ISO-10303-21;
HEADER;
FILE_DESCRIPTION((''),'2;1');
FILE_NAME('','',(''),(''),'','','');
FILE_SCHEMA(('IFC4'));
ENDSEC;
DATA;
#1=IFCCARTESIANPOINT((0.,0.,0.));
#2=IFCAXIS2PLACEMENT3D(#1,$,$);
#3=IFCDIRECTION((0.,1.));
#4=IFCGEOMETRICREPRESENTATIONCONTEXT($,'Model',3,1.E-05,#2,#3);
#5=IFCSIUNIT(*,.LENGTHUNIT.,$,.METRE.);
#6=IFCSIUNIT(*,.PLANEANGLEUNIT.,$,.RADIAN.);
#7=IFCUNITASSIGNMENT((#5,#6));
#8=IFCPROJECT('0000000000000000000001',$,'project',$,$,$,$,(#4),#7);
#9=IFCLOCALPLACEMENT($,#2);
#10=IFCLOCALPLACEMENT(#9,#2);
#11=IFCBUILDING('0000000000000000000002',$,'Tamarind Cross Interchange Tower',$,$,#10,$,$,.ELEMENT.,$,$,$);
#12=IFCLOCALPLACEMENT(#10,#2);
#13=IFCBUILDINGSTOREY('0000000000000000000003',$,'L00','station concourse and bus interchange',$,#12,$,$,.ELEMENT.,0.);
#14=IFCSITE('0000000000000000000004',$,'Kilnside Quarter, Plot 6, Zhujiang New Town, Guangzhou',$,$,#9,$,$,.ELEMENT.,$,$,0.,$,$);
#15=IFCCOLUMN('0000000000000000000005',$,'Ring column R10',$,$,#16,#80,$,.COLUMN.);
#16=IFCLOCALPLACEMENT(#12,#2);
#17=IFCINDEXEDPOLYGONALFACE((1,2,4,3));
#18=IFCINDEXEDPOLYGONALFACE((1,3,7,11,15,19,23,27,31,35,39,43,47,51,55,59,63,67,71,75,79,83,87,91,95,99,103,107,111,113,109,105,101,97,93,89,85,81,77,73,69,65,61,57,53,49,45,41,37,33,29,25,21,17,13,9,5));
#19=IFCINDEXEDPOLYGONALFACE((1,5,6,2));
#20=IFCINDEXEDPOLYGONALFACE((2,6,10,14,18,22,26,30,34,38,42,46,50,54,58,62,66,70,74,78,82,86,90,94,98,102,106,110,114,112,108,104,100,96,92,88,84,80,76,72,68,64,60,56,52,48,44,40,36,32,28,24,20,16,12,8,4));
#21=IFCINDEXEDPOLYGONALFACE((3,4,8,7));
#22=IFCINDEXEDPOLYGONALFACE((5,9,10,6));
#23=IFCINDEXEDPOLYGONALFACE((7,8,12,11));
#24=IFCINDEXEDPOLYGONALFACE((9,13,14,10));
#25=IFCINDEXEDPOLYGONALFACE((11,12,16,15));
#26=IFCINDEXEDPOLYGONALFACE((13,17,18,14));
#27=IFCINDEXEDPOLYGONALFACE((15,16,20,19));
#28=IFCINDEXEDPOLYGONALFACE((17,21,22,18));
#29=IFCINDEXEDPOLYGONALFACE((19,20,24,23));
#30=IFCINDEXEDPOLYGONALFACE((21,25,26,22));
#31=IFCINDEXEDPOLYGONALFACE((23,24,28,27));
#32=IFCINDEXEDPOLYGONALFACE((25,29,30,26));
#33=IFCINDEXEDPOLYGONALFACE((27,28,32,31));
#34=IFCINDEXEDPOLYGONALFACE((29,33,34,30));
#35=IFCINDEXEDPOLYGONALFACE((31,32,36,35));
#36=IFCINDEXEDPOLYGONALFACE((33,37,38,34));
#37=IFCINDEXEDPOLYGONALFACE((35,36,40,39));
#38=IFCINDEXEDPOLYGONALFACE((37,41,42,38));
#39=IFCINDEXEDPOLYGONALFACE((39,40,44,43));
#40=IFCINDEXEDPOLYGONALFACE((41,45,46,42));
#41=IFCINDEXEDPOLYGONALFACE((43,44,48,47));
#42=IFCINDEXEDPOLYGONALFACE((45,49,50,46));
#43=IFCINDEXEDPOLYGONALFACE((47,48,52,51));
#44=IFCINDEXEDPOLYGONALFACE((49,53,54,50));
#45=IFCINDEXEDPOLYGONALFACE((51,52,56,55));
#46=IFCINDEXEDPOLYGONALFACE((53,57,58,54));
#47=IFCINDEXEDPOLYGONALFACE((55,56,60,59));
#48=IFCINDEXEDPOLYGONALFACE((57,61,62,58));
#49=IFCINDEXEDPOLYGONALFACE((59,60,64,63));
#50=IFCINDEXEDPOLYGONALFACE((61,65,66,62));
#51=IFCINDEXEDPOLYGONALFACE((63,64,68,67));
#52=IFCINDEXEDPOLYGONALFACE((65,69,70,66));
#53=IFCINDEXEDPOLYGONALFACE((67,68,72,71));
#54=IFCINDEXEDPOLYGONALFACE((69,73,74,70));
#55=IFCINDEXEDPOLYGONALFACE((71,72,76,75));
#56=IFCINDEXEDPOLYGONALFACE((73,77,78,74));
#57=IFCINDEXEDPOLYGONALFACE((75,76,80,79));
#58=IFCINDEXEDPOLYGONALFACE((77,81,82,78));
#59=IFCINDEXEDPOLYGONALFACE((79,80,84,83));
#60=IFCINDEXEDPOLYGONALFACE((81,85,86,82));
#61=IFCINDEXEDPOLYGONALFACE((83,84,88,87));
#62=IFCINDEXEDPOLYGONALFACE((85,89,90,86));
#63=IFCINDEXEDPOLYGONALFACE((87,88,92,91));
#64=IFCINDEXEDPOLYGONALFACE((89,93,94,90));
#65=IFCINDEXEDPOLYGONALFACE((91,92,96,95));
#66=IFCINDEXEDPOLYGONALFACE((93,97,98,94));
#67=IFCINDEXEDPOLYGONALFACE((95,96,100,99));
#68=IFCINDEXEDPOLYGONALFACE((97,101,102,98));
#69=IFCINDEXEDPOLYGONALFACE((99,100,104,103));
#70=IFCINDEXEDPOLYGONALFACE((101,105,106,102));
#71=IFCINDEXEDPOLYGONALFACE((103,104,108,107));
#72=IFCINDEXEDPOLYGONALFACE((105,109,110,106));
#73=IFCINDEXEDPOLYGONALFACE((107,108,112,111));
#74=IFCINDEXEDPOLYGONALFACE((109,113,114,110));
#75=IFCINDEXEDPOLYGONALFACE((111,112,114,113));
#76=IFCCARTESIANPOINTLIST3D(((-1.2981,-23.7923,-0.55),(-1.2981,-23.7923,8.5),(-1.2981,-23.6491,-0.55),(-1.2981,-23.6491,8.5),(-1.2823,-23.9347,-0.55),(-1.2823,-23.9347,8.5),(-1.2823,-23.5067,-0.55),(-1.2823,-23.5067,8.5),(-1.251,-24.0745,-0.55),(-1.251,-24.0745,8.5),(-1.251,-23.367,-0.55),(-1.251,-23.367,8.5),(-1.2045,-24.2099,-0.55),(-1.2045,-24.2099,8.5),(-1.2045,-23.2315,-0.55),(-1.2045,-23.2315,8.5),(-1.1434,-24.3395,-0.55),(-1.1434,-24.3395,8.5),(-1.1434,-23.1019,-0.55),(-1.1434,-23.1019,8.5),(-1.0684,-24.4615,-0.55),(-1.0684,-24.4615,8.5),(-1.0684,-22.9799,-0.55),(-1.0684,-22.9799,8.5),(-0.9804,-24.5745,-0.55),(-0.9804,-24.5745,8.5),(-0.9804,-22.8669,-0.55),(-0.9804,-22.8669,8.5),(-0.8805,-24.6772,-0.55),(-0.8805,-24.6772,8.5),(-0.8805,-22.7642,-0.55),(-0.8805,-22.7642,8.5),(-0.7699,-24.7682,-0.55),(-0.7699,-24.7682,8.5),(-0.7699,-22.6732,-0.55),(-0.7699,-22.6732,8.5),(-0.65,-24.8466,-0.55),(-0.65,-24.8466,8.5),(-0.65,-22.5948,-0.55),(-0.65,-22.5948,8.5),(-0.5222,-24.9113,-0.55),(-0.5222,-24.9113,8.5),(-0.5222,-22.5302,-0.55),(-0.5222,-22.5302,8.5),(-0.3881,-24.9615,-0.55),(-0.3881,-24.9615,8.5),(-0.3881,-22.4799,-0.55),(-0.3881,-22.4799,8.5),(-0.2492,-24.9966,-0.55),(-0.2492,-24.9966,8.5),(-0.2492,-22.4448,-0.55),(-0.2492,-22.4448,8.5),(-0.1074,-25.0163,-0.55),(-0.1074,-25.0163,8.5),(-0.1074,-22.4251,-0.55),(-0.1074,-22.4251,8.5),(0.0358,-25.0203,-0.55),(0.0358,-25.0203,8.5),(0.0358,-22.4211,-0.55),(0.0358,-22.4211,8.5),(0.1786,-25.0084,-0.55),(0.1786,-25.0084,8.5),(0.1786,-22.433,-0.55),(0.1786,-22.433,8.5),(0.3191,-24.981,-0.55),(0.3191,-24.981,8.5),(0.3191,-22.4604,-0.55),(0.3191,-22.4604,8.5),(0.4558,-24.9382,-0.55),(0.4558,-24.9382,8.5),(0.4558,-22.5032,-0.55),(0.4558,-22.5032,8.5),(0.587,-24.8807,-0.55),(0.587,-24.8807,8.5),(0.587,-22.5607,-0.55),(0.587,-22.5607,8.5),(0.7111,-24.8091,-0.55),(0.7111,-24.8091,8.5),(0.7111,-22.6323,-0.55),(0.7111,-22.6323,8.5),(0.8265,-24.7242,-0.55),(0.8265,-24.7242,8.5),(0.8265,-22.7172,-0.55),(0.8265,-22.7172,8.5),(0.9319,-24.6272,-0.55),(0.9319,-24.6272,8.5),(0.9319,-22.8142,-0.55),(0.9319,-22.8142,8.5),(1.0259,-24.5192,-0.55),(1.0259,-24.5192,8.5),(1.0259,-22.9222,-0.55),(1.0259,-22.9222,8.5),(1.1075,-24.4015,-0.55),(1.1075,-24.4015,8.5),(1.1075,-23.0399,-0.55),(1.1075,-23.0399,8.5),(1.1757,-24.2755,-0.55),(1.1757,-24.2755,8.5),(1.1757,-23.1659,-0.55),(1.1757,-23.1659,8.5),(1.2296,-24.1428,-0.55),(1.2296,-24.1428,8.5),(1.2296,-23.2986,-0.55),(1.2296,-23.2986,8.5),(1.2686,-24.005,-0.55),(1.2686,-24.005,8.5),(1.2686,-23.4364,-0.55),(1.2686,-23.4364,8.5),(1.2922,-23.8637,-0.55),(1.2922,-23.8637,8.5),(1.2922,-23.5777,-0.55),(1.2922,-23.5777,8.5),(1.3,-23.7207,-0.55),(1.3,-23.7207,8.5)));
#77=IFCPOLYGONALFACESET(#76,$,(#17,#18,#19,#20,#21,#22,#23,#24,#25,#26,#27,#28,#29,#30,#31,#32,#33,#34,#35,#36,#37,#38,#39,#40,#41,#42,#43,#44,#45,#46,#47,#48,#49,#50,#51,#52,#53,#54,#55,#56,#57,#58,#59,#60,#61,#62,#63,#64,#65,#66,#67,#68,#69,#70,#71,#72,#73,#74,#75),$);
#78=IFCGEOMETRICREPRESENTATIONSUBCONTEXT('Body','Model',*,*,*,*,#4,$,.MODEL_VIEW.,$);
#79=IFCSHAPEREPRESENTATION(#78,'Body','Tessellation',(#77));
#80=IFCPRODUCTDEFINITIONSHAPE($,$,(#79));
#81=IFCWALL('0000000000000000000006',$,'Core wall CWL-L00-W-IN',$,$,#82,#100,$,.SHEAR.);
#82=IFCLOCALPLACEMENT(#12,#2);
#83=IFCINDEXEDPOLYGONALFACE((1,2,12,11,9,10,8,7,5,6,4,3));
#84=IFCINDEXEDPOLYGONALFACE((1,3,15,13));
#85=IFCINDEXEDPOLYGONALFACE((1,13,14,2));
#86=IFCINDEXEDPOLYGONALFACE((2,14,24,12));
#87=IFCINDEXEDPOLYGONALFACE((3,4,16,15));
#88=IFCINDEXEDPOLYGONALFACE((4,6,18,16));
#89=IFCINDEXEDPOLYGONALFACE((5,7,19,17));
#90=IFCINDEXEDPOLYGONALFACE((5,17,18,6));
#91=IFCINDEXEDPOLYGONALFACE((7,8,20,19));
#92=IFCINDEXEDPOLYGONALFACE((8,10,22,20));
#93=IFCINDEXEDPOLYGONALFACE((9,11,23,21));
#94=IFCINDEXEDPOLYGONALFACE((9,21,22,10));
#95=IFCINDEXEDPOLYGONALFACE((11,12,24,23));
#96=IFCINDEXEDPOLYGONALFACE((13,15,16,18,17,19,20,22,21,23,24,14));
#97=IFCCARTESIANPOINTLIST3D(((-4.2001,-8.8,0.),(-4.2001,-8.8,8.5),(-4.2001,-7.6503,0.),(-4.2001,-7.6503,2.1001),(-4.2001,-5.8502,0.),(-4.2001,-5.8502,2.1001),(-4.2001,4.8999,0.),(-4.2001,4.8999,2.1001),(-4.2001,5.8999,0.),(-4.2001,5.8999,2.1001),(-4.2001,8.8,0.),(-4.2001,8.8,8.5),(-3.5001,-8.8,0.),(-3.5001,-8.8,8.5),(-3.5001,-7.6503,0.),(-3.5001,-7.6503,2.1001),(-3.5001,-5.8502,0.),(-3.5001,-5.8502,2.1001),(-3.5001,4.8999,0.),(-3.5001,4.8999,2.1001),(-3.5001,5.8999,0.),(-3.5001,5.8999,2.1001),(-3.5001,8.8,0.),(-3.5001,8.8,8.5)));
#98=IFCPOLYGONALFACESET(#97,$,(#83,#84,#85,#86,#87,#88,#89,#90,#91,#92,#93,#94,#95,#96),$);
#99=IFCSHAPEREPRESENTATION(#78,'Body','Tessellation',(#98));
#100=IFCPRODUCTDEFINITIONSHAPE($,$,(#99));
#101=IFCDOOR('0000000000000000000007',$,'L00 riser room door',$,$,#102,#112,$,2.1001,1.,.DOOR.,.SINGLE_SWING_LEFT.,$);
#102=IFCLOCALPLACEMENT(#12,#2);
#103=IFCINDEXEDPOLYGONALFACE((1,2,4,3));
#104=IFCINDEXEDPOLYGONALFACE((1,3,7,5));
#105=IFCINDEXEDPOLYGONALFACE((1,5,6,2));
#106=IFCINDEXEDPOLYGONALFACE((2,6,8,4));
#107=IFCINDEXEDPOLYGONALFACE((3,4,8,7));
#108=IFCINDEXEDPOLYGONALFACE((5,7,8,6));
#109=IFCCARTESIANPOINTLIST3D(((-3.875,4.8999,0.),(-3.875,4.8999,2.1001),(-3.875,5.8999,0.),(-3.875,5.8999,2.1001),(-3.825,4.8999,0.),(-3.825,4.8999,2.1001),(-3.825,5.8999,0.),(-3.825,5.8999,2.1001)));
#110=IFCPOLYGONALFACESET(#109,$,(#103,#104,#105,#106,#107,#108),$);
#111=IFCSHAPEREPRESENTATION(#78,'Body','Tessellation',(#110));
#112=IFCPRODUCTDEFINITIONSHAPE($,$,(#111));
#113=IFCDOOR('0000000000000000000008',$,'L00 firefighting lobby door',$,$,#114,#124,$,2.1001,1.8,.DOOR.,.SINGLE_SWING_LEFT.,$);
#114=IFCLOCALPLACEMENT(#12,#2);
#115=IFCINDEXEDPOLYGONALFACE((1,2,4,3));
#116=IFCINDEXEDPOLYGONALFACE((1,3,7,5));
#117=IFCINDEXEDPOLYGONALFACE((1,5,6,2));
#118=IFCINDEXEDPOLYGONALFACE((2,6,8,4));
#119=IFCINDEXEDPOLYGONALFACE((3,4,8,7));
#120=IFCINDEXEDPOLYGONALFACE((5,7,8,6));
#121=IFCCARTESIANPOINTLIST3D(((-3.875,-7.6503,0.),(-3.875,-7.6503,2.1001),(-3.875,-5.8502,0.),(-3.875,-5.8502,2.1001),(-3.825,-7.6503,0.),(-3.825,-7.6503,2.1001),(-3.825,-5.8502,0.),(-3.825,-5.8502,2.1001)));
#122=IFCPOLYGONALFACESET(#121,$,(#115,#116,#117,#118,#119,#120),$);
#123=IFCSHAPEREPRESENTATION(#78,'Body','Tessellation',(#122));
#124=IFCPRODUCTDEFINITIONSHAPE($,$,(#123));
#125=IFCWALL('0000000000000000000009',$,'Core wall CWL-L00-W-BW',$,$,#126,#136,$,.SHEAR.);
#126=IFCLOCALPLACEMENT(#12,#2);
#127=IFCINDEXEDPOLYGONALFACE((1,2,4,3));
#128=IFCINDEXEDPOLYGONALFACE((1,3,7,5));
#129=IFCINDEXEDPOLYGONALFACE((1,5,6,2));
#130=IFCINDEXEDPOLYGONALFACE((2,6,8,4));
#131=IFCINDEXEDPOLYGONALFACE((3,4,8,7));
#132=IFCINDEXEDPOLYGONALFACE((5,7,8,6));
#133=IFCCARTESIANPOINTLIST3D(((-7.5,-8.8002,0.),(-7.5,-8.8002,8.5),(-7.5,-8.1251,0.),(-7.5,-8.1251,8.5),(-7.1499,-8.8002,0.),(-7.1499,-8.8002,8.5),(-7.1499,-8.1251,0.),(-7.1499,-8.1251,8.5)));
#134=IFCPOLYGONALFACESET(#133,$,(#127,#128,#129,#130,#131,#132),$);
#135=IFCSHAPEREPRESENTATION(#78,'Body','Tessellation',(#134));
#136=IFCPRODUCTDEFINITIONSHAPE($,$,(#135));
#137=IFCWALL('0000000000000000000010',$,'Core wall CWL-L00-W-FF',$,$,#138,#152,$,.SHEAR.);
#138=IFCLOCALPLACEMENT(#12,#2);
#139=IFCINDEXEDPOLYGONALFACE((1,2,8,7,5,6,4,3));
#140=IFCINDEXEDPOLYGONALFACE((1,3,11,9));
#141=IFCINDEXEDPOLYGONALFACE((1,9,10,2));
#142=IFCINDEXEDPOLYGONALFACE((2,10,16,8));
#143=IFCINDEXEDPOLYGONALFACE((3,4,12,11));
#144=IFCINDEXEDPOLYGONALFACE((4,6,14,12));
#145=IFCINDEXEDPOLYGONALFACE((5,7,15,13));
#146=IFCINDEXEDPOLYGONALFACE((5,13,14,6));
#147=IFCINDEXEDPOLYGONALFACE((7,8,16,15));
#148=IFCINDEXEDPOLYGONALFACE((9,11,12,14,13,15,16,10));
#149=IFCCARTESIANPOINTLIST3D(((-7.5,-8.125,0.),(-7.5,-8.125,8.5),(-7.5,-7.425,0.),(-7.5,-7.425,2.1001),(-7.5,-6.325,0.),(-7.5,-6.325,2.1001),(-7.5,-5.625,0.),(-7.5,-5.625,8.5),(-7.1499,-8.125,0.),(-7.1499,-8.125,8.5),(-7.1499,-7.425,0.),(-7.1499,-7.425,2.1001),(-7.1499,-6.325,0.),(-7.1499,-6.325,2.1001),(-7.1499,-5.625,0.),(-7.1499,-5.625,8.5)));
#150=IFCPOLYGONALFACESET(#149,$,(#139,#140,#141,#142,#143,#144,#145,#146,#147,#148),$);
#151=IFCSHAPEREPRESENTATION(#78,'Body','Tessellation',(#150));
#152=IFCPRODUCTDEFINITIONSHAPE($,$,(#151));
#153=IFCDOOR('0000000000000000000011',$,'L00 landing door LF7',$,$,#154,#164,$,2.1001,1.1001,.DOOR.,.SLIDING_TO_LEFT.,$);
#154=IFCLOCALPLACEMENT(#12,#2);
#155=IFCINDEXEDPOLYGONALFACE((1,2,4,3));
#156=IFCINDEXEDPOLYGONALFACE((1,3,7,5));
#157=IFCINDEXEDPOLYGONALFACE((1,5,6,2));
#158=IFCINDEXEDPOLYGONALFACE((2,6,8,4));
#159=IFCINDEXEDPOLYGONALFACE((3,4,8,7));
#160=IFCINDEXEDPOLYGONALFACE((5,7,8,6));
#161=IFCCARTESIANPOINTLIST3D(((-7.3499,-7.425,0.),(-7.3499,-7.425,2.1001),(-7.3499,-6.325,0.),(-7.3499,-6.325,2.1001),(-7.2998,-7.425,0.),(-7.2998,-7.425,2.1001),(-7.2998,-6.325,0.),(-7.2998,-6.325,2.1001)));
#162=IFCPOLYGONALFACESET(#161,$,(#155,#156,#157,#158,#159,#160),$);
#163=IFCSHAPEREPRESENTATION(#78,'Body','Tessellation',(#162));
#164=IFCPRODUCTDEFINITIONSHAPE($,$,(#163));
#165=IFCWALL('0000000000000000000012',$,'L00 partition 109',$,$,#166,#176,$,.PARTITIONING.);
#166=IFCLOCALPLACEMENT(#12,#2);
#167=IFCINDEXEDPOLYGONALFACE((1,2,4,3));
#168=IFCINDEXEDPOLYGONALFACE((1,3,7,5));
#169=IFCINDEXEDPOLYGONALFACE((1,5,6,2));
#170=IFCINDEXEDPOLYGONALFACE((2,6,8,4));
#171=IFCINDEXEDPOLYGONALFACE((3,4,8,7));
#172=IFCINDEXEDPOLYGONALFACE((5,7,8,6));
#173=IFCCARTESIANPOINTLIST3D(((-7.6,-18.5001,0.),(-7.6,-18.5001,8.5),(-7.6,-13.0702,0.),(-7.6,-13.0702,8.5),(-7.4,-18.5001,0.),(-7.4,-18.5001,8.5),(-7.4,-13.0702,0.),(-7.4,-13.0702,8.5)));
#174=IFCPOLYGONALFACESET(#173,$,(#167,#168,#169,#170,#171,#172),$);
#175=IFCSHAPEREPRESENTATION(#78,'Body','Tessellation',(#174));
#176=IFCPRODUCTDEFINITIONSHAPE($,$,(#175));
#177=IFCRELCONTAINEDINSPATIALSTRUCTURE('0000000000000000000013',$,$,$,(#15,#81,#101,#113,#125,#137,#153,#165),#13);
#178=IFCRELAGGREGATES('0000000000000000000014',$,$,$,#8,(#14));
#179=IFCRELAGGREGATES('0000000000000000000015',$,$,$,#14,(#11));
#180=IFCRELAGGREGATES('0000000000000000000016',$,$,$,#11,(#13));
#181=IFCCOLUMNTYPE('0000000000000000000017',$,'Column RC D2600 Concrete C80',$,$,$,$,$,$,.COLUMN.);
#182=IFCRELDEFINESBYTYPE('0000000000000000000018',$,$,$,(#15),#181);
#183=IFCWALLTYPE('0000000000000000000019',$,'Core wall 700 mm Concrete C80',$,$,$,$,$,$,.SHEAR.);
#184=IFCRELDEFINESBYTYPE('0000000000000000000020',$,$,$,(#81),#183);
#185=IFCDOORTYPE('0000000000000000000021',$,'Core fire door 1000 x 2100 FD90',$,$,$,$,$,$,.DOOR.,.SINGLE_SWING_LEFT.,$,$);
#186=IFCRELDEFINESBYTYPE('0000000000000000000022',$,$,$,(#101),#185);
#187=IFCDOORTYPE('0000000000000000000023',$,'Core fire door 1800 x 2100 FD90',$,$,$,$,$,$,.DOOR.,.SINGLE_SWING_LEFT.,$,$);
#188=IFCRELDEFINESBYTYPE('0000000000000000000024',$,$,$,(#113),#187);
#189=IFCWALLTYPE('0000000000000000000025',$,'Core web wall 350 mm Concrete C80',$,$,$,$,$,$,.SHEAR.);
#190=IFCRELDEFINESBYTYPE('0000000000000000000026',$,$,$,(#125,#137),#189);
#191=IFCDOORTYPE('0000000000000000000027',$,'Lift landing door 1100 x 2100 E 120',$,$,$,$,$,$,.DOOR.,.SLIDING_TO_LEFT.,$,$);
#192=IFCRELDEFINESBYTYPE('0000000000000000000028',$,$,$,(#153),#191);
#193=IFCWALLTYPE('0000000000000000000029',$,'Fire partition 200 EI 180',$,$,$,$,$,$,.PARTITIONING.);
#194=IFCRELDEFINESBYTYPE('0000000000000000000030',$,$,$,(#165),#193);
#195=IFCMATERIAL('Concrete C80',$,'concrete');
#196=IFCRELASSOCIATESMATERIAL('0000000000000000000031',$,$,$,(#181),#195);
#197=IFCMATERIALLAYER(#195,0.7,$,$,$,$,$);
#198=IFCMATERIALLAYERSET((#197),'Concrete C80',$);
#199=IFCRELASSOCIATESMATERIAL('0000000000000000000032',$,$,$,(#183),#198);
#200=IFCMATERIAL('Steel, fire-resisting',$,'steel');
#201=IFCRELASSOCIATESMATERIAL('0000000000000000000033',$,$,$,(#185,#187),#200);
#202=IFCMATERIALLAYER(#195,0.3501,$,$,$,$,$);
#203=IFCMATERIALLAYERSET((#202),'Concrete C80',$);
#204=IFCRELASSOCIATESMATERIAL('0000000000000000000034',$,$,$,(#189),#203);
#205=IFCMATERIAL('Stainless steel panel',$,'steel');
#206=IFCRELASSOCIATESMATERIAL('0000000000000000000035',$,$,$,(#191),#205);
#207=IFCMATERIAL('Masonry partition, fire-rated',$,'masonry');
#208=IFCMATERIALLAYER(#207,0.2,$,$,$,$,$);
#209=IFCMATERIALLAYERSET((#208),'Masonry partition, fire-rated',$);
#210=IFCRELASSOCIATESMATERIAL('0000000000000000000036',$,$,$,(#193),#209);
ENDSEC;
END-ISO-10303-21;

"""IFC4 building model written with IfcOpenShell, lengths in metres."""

from ifc_helpers import new_model, si_unit, direction, frame, frame_2d, origin, origin_2d, place, context, subcontext, project, spatial, rectangle, circle, extrude, material, layer, layer_set, material_profile, profile_set, type_object, element, fill, save


model = new_model("IFC4")

# Units and contexts
model_context = context("Model", 3, precision=1e-05, world=origin(), true_north=direction((0.0, 1.0)))
body_context = subcontext(model_context, "Body", "Model", "MODEL_VIEW")
ifc_project = project(units=[si_unit("LENGTHUNIT", "METRE"), si_unit("PLANEANGLEUNIT", "RADIAN")], contexts=[model_context])

# Site, building, storey
site_placement = place(None, origin())
site = spatial("IfcSite", under=ifc_project, at=site_placement, Name="Kilnside Quarter, Plot 6, Zhujiang New Town, Guangzhou", CompositionType="ELEMENT", RefElevation=0.0)
building_placement = place(site_placement, origin())
building = spatial("IfcBuilding", under=site, at=building_placement, Name="Tamarind Cross Interchange Tower", CompositionType="ELEMENT")
storey_placement = place(building_placement, origin())
storey = spatial("IfcBuildingStorey", under=building, at=storey_placement, Name="L00", Description="station concourse and bus interchange", CompositionType="ELEMENT", Elevation=0.0)

# Column
ifc_material_1 = material(Name="Concrete C80", Category="concrete")
ifc_material_profile = material_profile(ifc_material_1, circle(Radius=1.3, at=origin_2d()), Name="RC D2600")
ifc_profile_set = profile_set([ifc_material_profile], Name="Concrete C80")
column_type = type_object("IfcColumnType", Name="Column RC D2600 Concrete C80", PredefinedType="COLUMN", material=ifc_profile_set)
column_placement = place(storey_placement, frame((0.0, -23.7207, -0.55), z_axis=(0.0, 0.0, 1.0), x_axis=(1.0, 0.0, 0.0)))
element("IfcColumn", 1, at=column_placement, inside=storey, type_object=column_type, Name="Ring column R10", PredefinedType="COLUMN", context=body_context, shape_type="SweptSolid", body=[
    extrude(circle(Radius=1.3, at=origin_2d()), origin(), (0.0, 0.0, 1.0), 9.05),
])

# Wall, openings, doors
ifc_layer_1 = layer(ifc_material_1, 0.7)
ifc_layer_set_1 = layer_set([ifc_layer_1], Name="Concrete C80")
wall_type_1 = type_object("IfcWallType", Name="Core wall 700 mm Concrete C80", PredefinedType="SHEAR", material=ifc_layer_set_1)
wall_1_placement = place(storey_placement, frame((-3.8501, -8.8, 0.0), z_axis=(0.0, 0.0, 1.0), x_axis=(0.0, 1.0, 0.0)))
wall_1 = element("IfcWall", 2, at=wall_1_placement, inside=storey, type_object=wall_type_1, Name="Core wall CWL-L00-W-IN", PredefinedType="SHEAR", context=body_context, shape_type="SweptSolid", body=[
    extrude(rectangle(XDim=17.6001, YDim=0.7, at=frame_2d((8.8, 0.0))), origin(), (0.0, 0.0, 1.0), 8.5),
])
opening_1_placement = place(wall_1_placement, frame((1.1499, 0.0, 0.0)))
opening_1 = element("IfcOpeningElement", 3, at=opening_1_placement, cuts=wall_1, PredefinedType="OPENING", context=body_context, shape_type="SweptSolid", body=[
    extrude(rectangle(XDim=1.8, YDim=2.1001, at=frame_2d((0.8999, 1.05))), frame((0.0, 0.3599, 0.0), z_axis=(0.0, -1.0, 0.0), x_axis=(1.0, 0.0, 0.0)), (0.0, 0.0, 1.0), 0.72),
])
opening_2_placement = place(wall_1_placement, frame((13.7, 0.0, 0.0)))
opening_2 = element("IfcOpeningElement", 4, at=opening_2_placement, cuts=wall_1, PredefinedType="OPENING", context=body_context, shape_type="SweptSolid", body=[
    extrude(rectangle(XDim=1.0, YDim=2.1001, at=frame_2d((0.5, 1.05))), frame((0.0, 0.3599, 0.0), z_axis=(0.0, -1.0, 0.0), x_axis=(1.0, 0.0, 0.0)), (0.0, 0.0, 1.0), 0.72),
])
ifc_material_2 = material(Name="Steel, fire-resisting", Category="steel")
door_type_1 = type_object("IfcDoorType", Name="Core fire door 1000 x 2100 FD90", OperationType="SINGLE_SWING_LEFT", PredefinedType="DOOR", material=ifc_material_2)
door_1_placement = place(opening_2_placement, origin())
door_1 = element("IfcDoor", 5, at=door_1_placement, inside=storey, type_object=door_type_1, Name="L00 riser room door", OperationType="SINGLE_SWING_LEFT", OverallHeight=2.1001, OverallWidth=1.0, PredefinedType="DOOR", context=body_context, shape_type="SweptSolid", body=[
    extrude(rectangle(XDim=1.0, YDim=2.1001, at=frame_2d((0.5, 1.05))), frame((0.0, 0.0249, 0.0), z_axis=(0.0, -1.0, 0.0), x_axis=(1.0, 0.0, 0.0)), (0.0, 0.0, 1.0), 0.05),
])
fill(opening_2, door_1)
door_type_2 = type_object("IfcDoorType", Name="Core fire door 1800 x 2100 FD90", OperationType="SINGLE_SWING_LEFT", PredefinedType="DOOR", material=ifc_material_2)
door_2_placement = place(opening_1_placement, origin())
door_2 = element("IfcDoor", 6, at=door_2_placement, inside=storey, type_object=door_type_2, Name="L00 firefighting lobby door", OperationType="SINGLE_SWING_LEFT", OverallHeight=2.1001, OverallWidth=1.8, PredefinedType="DOOR", context=body_context, shape_type="SweptSolid", body=[
    extrude(rectangle(XDim=1.8, YDim=2.1001, at=frame_2d((0.8999, 1.05))), frame((0.0, 0.0249, 0.0), z_axis=(0.0, -1.0, 0.0), x_axis=(1.0, 0.0, 0.0)), (0.0, 0.0, 1.0), 0.05),
])
fill(opening_1, door_2)

# Wall
ifc_layer_2 = layer(ifc_material_1, 0.3501)
ifc_layer_set_2 = layer_set([ifc_layer_2], Name="Concrete C80")
wall_type_2 = type_object("IfcWallType", Name="Core web wall 350 mm Concrete C80", PredefinedType="SHEAR", material=ifc_layer_set_2)
wall_2_placement = place(storey_placement, frame((-7.325, -8.8, 0.0), z_axis=(0.0, 0.0, 1.0), x_axis=(0.0, 1.0, 0.0)))
element("IfcWall", 7, at=wall_2_placement, inside=storey, type_object=wall_type_2, Name="Core wall CWL-L00-W-BW", PredefinedType="SHEAR", context=body_context, shape_type="SweptSolid", body=[
    extrude(rectangle(XDim=0.675, YDim=0.3501, at=frame_2d((0.3374, 0.0))), origin(), (0.0, 0.0, 1.0), 8.5),
])

# Wall, opening, door
wall_3_placement = place(storey_placement, frame((-7.325, -8.125, 0.0), z_axis=(0.0, 0.0, 1.0), x_axis=(0.0, 1.0, 0.0)))
wall_3 = element("IfcWall", 8, at=wall_3_placement, inside=storey, type_object=wall_type_2, Name="Core wall CWL-L00-W-FF", PredefinedType="SHEAR", context=body_context, shape_type="SweptSolid", body=[
    extrude(rectangle(XDim=2.5, YDim=0.3501, at=frame_2d((1.25, 0.0))), origin(), (0.0, 0.0, 1.0), 8.5),
])
opening_3_placement = place(wall_3_placement, frame((0.7, 0.0, 0.0)))
opening_3 = element("IfcOpeningElement", 9, at=opening_3_placement, cuts=wall_3, PredefinedType="OPENING", context=body_context, shape_type="SweptSolid", body=[
    extrude(rectangle(XDim=1.1001, YDim=2.1001, at=frame_2d((0.55, 1.05))), frame((0.0, 0.1851, 0.0), z_axis=(0.0, -1.0, 0.0), x_axis=(1.0, 0.0, 0.0)), (0.0, 0.0, 1.0), 0.3701),
])
ifc_material_3 = material(Name="Stainless steel panel", Category="steel")
door_type_3 = type_object("IfcDoorType", Name="Lift landing door 1100 x 2100 E 120", OperationType="SLIDING_TO_LEFT", PredefinedType="DOOR", material=ifc_material_3)
door_3_placement = place(opening_3_placement, origin())
door_3 = element("IfcDoor", 10, at=door_3_placement, inside=storey, type_object=door_type_3, Name="L00 landing door LF7", OperationType="SLIDING_TO_LEFT", OverallHeight=2.1001, OverallWidth=1.1001, PredefinedType="DOOR", context=body_context, shape_type="SweptSolid", body=[
    extrude(rectangle(XDim=1.1001, YDim=2.1001, at=frame_2d((0.55, 1.05))), frame((0.0, 0.0249, 0.0), z_axis=(0.0, -1.0, 0.0), x_axis=(1.0, 0.0, 0.0)), (0.0, 0.0, 1.0), 0.05),
])
fill(opening_3, door_3)

# Wall
ifc_material_4 = material(Name="Masonry partition, fire-rated", Category="masonry")
ifc_layer_3 = layer(ifc_material_4, 0.2)
ifc_layer_set_3 = layer_set([ifc_layer_3], Name="Masonry partition, fire-rated")
wall_type_3 = type_object("IfcWallType", Name="Fire partition 200 EI 180", PredefinedType="PARTITIONING", material=ifc_layer_set_3)
wall_4_placement = place(storey_placement, frame((-7.5, -18.5, 0.0), z_axis=(0.0, 0.0, 1.0), x_axis=(0.0, 1.0, 0.0)))
element("IfcWall", 11, at=wall_4_placement, inside=storey, type_object=wall_type_3, Name="L00 partition 109", PredefinedType="PARTITIONING", context=body_context, shape_type="SweptSolid", body=[
    extrude(rectangle(XDim=5.4299, YDim=0.2, at=frame_2d((2.7148, 0.0))), origin(), (0.0, 0.0, 1.0), 8.5),
])

save(model, "model.ifc")
